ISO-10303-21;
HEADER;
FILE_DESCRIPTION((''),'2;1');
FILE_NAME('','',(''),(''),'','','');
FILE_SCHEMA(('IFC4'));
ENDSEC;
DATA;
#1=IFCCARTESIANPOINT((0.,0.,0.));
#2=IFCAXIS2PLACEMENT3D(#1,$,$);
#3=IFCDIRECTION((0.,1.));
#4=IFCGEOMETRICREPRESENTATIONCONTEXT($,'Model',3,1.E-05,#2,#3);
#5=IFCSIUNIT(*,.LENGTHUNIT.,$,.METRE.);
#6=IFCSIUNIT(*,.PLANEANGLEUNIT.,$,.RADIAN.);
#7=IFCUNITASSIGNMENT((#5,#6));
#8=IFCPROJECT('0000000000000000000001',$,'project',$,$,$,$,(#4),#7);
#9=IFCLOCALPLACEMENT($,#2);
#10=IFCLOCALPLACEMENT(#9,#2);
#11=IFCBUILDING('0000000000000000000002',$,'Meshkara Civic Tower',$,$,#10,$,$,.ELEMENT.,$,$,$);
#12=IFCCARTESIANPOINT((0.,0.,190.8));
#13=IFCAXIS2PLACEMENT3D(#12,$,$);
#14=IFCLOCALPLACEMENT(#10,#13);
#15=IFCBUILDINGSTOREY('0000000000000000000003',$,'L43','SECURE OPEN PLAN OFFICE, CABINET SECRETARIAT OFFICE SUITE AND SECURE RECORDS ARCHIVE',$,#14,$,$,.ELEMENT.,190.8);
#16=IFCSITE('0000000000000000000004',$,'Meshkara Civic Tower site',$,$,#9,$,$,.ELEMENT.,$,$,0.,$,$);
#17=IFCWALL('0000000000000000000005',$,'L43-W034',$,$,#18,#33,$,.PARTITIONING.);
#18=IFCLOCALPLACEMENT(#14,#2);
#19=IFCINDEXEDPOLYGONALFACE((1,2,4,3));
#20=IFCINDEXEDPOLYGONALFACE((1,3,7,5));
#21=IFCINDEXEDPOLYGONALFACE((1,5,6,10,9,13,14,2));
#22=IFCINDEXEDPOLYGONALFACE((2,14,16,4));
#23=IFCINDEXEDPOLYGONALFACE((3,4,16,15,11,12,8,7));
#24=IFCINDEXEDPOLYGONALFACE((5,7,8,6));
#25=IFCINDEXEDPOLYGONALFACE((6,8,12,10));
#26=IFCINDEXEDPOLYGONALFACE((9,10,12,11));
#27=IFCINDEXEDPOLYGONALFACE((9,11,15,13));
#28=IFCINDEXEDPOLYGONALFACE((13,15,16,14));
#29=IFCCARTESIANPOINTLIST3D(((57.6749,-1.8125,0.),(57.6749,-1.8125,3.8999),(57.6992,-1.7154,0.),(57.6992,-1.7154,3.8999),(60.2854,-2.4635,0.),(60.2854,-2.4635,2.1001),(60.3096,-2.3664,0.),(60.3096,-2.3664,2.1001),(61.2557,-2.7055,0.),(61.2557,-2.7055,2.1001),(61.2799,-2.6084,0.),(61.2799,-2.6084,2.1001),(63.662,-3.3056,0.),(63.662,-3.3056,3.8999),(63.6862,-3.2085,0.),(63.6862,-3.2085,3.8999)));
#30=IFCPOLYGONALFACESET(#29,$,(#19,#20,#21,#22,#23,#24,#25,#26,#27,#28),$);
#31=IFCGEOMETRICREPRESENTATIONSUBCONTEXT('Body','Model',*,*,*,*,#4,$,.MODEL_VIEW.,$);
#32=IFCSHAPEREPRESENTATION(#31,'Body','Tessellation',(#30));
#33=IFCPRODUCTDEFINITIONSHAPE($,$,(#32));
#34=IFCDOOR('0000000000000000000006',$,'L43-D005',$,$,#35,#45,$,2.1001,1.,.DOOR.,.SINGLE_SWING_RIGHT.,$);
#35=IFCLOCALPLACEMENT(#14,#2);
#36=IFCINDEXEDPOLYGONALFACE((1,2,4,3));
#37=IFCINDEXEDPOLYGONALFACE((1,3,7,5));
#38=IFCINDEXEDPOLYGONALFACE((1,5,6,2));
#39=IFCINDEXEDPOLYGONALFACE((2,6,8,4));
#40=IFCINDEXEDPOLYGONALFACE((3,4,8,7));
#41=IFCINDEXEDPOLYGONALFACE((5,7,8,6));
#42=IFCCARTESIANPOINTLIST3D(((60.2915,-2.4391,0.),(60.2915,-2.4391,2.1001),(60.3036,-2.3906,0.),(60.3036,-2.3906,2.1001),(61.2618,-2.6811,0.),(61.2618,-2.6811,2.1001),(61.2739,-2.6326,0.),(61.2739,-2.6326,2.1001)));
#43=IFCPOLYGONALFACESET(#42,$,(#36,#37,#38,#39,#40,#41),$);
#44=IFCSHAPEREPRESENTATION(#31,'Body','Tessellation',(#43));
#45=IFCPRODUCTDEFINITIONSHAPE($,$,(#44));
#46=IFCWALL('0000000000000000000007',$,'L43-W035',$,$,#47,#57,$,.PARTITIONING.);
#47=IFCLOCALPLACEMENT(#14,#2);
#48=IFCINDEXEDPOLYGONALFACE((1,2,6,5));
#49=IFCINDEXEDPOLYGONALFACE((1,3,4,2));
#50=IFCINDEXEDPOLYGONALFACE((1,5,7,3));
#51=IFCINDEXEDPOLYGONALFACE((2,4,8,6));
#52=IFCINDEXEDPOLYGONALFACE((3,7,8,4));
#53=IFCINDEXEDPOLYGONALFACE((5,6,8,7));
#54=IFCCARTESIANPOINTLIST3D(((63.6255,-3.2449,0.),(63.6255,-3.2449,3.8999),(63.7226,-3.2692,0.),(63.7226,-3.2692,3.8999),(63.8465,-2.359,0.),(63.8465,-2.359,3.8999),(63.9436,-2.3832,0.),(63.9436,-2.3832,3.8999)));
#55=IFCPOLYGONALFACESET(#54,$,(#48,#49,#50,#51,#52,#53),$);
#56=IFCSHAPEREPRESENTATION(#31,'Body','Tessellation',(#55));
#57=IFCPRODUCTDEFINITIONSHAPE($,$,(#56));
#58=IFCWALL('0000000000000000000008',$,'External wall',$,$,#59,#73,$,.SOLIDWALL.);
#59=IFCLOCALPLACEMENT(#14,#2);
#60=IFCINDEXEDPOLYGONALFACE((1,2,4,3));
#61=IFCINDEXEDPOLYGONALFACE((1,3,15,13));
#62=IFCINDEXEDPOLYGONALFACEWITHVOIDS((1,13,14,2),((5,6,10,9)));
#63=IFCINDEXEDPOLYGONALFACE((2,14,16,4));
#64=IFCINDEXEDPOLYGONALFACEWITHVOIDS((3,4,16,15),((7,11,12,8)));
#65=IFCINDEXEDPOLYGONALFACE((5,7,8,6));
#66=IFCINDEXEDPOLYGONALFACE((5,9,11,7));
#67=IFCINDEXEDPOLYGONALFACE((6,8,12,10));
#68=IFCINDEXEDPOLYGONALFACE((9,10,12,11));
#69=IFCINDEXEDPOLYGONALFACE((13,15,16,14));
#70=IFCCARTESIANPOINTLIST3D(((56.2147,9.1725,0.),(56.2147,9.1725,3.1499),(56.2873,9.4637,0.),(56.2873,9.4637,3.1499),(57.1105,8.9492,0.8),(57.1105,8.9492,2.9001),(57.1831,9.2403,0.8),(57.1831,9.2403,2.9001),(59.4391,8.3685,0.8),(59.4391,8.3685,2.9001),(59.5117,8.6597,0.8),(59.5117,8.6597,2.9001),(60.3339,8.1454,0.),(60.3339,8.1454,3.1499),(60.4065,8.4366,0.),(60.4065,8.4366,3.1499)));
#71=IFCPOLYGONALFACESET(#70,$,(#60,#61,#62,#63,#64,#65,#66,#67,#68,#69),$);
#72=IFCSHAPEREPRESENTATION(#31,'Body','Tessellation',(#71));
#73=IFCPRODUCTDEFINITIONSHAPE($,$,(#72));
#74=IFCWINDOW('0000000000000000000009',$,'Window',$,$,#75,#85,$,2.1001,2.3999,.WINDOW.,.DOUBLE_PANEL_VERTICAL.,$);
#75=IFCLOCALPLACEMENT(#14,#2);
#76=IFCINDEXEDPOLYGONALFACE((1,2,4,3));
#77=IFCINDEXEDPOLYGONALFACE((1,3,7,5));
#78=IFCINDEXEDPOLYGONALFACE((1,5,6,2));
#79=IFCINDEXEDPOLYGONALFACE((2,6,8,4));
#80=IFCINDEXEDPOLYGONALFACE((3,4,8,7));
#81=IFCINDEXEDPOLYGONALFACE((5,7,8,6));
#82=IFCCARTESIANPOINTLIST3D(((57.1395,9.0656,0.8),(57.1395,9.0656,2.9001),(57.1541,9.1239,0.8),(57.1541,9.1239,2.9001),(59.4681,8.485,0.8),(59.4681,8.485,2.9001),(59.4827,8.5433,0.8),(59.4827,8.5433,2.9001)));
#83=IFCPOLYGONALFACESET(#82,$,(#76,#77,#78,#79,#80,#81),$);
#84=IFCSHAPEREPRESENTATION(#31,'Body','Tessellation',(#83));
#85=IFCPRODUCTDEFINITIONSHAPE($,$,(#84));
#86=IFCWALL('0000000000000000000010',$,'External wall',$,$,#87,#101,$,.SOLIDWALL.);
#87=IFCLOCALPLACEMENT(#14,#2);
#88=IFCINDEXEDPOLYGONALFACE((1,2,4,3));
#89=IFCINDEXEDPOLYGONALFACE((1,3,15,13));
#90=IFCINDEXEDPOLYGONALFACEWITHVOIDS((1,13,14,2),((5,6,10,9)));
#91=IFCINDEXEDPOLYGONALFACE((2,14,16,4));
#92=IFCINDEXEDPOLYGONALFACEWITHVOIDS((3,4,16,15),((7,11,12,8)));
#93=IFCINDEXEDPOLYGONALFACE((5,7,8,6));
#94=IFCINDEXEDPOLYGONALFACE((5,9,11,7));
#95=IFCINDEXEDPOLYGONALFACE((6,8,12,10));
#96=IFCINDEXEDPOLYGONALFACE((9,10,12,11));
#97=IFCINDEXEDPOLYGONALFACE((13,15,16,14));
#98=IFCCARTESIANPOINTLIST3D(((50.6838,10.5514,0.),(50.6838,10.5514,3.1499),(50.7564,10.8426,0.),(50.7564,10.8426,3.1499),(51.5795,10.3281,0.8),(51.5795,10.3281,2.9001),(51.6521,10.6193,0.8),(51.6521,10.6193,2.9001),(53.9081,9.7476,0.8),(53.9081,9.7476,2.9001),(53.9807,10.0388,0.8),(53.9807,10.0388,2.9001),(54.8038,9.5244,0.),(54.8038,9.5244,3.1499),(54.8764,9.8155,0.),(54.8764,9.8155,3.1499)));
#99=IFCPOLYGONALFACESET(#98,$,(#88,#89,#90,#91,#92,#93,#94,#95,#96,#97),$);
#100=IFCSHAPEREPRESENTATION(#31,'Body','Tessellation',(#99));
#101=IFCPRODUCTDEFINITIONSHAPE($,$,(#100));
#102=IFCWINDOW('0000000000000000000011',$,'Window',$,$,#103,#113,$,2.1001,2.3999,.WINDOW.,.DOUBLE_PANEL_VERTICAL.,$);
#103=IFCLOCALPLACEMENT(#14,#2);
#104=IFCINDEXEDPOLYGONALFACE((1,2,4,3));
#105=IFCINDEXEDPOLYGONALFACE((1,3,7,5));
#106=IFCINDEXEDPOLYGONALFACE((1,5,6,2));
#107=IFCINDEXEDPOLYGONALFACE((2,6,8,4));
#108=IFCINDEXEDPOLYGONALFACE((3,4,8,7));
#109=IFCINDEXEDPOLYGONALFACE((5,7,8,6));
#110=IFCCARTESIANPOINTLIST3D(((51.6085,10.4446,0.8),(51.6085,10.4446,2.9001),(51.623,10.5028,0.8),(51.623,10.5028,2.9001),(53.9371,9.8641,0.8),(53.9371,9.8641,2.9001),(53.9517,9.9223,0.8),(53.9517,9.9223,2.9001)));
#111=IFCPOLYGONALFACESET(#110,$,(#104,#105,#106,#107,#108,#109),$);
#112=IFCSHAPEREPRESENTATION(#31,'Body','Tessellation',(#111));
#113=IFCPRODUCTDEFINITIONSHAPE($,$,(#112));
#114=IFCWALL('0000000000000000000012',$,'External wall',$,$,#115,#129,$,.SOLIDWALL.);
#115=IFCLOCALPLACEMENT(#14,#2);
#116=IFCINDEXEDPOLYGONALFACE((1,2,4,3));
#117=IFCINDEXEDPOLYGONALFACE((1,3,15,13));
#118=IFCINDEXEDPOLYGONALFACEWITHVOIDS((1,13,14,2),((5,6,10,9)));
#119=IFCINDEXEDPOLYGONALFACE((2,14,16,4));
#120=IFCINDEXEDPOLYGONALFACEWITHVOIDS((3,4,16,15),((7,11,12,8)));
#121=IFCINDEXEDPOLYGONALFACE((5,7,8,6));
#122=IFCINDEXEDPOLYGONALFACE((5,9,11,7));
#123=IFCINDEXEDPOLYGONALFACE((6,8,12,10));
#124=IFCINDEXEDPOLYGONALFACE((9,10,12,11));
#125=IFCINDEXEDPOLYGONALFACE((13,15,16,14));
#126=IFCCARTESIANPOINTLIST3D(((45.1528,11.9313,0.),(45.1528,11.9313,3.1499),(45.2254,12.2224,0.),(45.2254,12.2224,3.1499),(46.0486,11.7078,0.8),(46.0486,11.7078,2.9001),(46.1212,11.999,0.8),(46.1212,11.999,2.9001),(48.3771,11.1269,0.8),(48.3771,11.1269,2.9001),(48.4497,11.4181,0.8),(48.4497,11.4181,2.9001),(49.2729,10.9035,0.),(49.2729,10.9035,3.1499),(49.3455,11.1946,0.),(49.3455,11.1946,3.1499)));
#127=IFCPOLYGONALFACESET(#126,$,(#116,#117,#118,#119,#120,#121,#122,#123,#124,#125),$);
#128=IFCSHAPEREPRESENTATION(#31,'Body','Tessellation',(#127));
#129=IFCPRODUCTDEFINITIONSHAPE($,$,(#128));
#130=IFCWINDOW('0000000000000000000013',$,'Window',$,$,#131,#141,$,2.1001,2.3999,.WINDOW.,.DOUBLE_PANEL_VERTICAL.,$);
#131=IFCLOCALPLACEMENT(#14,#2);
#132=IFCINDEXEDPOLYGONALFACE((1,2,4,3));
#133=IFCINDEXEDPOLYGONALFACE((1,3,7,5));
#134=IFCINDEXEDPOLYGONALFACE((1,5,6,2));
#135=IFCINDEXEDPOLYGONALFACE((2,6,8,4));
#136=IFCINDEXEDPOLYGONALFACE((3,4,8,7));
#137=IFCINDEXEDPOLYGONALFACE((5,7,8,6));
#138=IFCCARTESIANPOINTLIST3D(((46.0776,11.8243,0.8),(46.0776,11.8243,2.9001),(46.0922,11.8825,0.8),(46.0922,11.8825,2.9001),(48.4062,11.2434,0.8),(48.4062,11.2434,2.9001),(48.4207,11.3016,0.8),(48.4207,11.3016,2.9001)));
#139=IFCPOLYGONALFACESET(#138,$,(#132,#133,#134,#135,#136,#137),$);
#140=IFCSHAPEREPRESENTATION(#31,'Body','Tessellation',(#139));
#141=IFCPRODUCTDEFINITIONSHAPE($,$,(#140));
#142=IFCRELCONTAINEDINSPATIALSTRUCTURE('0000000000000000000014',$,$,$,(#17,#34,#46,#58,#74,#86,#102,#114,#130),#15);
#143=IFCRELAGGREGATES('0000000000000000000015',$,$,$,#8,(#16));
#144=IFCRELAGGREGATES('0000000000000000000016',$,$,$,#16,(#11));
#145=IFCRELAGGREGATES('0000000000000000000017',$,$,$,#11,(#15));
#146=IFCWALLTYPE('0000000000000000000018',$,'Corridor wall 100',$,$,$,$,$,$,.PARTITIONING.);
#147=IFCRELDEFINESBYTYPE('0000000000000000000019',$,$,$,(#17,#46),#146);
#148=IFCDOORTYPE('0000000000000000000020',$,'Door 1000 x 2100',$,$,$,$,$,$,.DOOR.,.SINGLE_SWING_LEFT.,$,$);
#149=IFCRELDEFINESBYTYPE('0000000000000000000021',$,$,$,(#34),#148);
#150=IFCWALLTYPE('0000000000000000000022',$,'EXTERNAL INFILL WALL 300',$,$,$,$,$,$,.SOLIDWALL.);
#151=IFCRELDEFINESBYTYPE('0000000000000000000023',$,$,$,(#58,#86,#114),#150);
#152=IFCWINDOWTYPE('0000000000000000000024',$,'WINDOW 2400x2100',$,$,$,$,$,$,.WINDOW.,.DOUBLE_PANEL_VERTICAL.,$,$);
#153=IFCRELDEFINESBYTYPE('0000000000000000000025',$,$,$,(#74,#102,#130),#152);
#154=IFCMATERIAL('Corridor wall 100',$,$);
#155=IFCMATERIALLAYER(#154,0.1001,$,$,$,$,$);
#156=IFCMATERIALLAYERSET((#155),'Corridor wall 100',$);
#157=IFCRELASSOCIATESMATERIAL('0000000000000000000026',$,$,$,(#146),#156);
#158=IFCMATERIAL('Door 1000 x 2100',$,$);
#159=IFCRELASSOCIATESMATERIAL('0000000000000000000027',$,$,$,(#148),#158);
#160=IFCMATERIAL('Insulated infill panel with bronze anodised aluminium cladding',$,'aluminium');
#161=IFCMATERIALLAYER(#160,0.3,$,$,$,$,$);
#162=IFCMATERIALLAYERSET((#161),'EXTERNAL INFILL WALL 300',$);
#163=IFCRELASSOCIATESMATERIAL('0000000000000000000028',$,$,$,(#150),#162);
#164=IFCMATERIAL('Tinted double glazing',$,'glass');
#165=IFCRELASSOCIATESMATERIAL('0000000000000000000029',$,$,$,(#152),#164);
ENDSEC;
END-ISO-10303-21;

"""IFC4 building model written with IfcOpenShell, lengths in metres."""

from ifc_helpers import new_model, si_unit, direction, frame, frame_2d, origin, place, context, subcontext, project, spatial, rectangle, extrude, material, layer, layer_set, type_object, element, fill, save


model = new_model("IFC4")

# Units and contexts
model_context = context("Model", 3, precision=1e-05, world=origin(), true_north=direction((0.0, 1.0)))
body_context = subcontext(model_context, "Body", "Model", "MODEL_VIEW")
ifc_project = project(units=[si_unit("LENGTHUNIT", "METRE"), si_unit("PLANEANGLEUNIT", "RADIAN")], contexts=[model_context])

# Site, building, storey
site_placement = place(None, origin())
site = spatial("IfcSite", under=ifc_project, at=site_placement, Name="Meshkara Civic Tower site", CompositionType="ELEMENT", RefElevation=0.0)
building_placement = place(site_placement, origin())
building = spatial("IfcBuilding", under=site, at=building_placement, Name="Meshkara Civic Tower", CompositionType="ELEMENT")
storey_placement = place(building_placement, frame((0.0, 0.0, 190.8)))
storey = spatial("IfcBuildingStorey", under=building, at=storey_placement, Name="L43", Description="SECURE OPEN PLAN OFFICE, CABINET SECRETARIAT OFFICE SUITE AND SECURE RECORDS ARCHIVE", CompositionType="ELEMENT", Elevation=190.8)

# Shared definitions
ifc_material_1 = material(Name="Corridor wall 100")
ifc_layer_1 = layer(ifc_material_1, 0.1001)
ifc_layer_set_1 = layer_set([ifc_layer_1], Name="Corridor wall 100")
wall_type_1 = type_object("IfcWallType", Name="Corridor wall 100", PredefinedType="PARTITIONING", material=ifc_layer_set_1)

# Wall, opening, door
wall_1_placement = place(storey_placement, frame((63.6741, -3.2571, 0.0), z_axis=(0.0, 0.0, 1.0), x_axis=(-0.97028, 0.241986, 0.0)))
wall_1 = element("IfcWall", 1, at=wall_1_placement, inside=storey, type_object=wall_type_1, Name="L43-W034", PredefinedType="PARTITIONING", context=body_context, shape_type="SweptSolid", body=[
    extrude(rectangle(XDim=6.1704, YDim=0.1001, at=frame_2d((3.0852, 0.0))), origin(), (0.0, 0.0, 1.0), 3.8999),
])
opening_1_placement = place(wall_1_placement, frame((2.48, 0.0, 0.0)))
opening_1 = element("IfcOpeningElement", 2, at=opening_1_placement, cuts=wall_1, PredefinedType="OPENING", context=body_context, shape_type="SweptSolid", body=[
    extrude(rectangle(XDim=1.0, YDim=2.1001, at=frame_2d((0.5, 1.05))), frame((0.0, 0.0601, 0.0), z_axis=(0.0, -1.0, 0.0), x_axis=(1.0, 0.0, 0.0)), (0.0, 0.0, 1.0), 0.1201),
])
ifc_material_2 = material(Name="Door 1000 x 2100")
door_type = type_object("IfcDoorType", Name="Door 1000 x 2100", OperationType="SINGLE_SWING_LEFT", PredefinedType="DOOR", material=ifc_material_2)
door_placement = place(opening_1_placement, origin())
door = element("IfcDoor", 3, at=door_placement, inside=storey, type_object=door_type, Name="L43-D005", OperationType="SINGLE_SWING_RIGHT", OverallHeight=2.1001, OverallWidth=1.0, PredefinedType="DOOR", context=body_context, shape_type="SweptSolid", body=[
    extrude(rectangle(XDim=1.0, YDim=2.1001, at=frame_2d((0.5, 1.05))), frame((0.0, 0.0249, 0.0), z_axis=(0.0, -1.0, 0.0), x_axis=(1.0, 0.0, 0.0)), (0.0, 0.0, 1.0), 0.05),
])
fill(opening_1, door)

# Wall
wall_2_placement = place(storey_placement, frame((63.895, -2.3711, 0.0), z_axis=(0.0, 0.0, 1.0), x_axis=(-0.241969, -0.970284, 0.0)))
element("IfcWall", 4, at=wall_2_placement, inside=storey, type_object=wall_type_1, Name="L43-W035", PredefinedType="PARTITIONING", context=body_context, shape_type="SweptSolid", body=[
    extrude(rectangle(XDim=0.9131, YDim=0.1001, at=frame_2d((0.4565, 0.0))), origin(), (0.0, 0.0, 1.0), 3.8999),
])

# Walls, openings, windows
ifc_material_3 = material(Name="Insulated infill panel with bronze anodised aluminium cladding", Category="aluminium")
ifc_layer_2 = layer(ifc_material_3, 0.3)
ifc_layer_set_2 = layer_set([ifc_layer_2], Name="EXTERNAL INFILL WALL 300")
wall_type_2 = type_object("IfcWallType", Name="EXTERNAL INFILL WALL 300", PredefinedType="SOLIDWALL", material=ifc_layer_set_2)
wall_3_placement = place(storey_placement, frame((60.3701, 8.291, 0.0), z_axis=(0.0, 0.0, 1.0), x_axis=(-0.970291, 0.24194, 0.0)))
wall_3 = element("IfcWall", 5, at=wall_3_placement, inside=storey, type_object=wall_type_2, Name="External wall", PredefinedType="SOLIDWALL", context=body_context, shape_type="SweptSolid", body=[
    extrude(rectangle(XDim=4.2454, YDim=0.3, at=frame_2d((2.1226, 0.0))), origin(), (0.0, 0.0, 1.0), 3.1499),
])
opening_2_placement = place(wall_3_placement, frame((0.9221, 0.0, 0.8)))
opening_2 = element("IfcOpeningElement", 6, at=opening_2_placement, cuts=wall_3, PredefinedType="OPENING", context=body_context, shape_type="SweptSolid", body=[
    extrude(rectangle(XDim=2.3999, YDim=2.1001, at=frame_2d((1.2, 1.05))), frame((0.0, 0.1599, 0.0), z_axis=(0.0, -1.0, 0.0), x_axis=(1.0, 0.0, 0.0)), (0.0, 0.0, 1.0), 0.3201),
])
ifc_material_4 = material(Name="Tinted double glazing", Category="glass")
window_type = type_object("IfcWindowType", Name="WINDOW 2400x2100", PartitioningType="DOUBLE_PANEL_VERTICAL", PredefinedType="WINDOW", material=ifc_material_4)
window_1_placement = place(opening_2_placement, origin())
window_1 = element("IfcWindow", 7, at=window_1_placement, inside=storey, type_object=window_type, Name="Window", OverallHeight=2.1001, OverallWidth=2.3999, PartitioningType="DOUBLE_PANEL_VERTICAL", PredefinedType="WINDOW", context=body_context, shape_type="SweptSolid", body=[
    extrude(rectangle(XDim=2.3999, YDim=2.1001, at=frame_2d((1.2, 1.05))), frame((0.0, 0.03, 0.0), z_axis=(0.0, -1.0, 0.0), x_axis=(1.0, 0.0, 0.0)), (0.0, 0.0, 1.0), 0.0601),
])
fill(opening_2, window_1)
wall_4_placement = place(storey_placement, frame((54.8401, 9.6699, 0.0), z_axis=(0.0, 0.0, 1.0), x_axis=(-0.970305, 0.241886, 0.0)))
wall_4 = element("IfcWall", 8, at=wall_4_placement, inside=storey, type_object=wall_type_2, Name="External wall", PredefinedType="SOLIDWALL", context=body_context, shape_type="SweptSolid", body=[
    extrude(rectangle(XDim=4.2461, YDim=0.3, at=frame_2d((2.123, 0.0))), origin(), (0.0, 0.0, 1.0), 3.1499),
])
opening_3_placement = place(wall_4_placement, frame((0.9231, 0.0, 0.8)))
opening_3 = element("IfcOpeningElement", 9, at=opening_3_placement, cuts=wall_4, PredefinedType="OPENING", context=body_context, shape_type="SweptSolid", body=[
    extrude(rectangle(XDim=2.3999, YDim=2.1001, at=frame_2d((1.2, 1.05))), frame((0.0, 0.1599, 0.0), z_axis=(0.0, -1.0, 0.0), x_axis=(1.0, 0.0, 0.0)), (0.0, 0.0, 1.0), 0.3201),
])
window_2_placement = place(opening_3_placement, origin())
window_2 = element("IfcWindow", 10, at=window_2_placement, inside=storey, type_object=window_type, Name="Window", OverallHeight=2.1001, OverallWidth=2.3999, PartitioningType="DOUBLE_PANEL_VERTICAL", PredefinedType="WINDOW", context=body_context, shape_type="SweptSolid", body=[
    extrude(rectangle(XDim=2.3999, YDim=2.1001, at=frame_2d((1.2, 1.05))), frame((0.0, 0.03, 0.0), z_axis=(0.0, -1.0, 0.0), x_axis=(1.0, 0.0, 0.0)), (0.0, 0.0, 1.0), 0.0601),
])
fill(opening_3, window_2)
wall_5_placement = place(storey_placement, frame((49.3091, 11.0491, 0.0), z_axis=(0.0, 0.0, 1.0), x_axis=(-0.970264, 0.242049, 0.0)))
wall_5 = element("IfcWall", 11, at=wall_5_placement, inside=storey, type_object=wall_type_2, Name="External wall", PredefinedType="SOLIDWALL", context=body_context, shape_type="SweptSolid", body=[
    extrude(rectangle(XDim=4.2463, YDim=0.3, at=frame_2d((2.123, 0.0))), origin(), (0.0, 0.0, 1.0), 3.1499),
])
opening_4_placement = place(wall_5_placement, frame((0.9231, 0.0, 0.8)))
opening_4 = element("IfcOpeningElement", 12, at=opening_4_placement, cuts=wall_5, PredefinedType="OPENING", context=body_context, shape_type="SweptSolid", body=[
    extrude(rectangle(XDim=2.3999, YDim=2.1001, at=frame_2d((1.2, 1.05))), frame((0.0, 0.1599, 0.0), z_axis=(0.0, -1.0, 0.0), x_axis=(1.0, 0.0, 0.0)), (0.0, 0.0, 1.0), 0.3201),
])
window_3_placement = place(opening_4_placement, origin())
window_3 = element("IfcWindow", 13, at=window_3_placement, inside=storey, type_object=window_type, Name="Window", OverallHeight=2.1001, OverallWidth=2.3999, PartitioningType="DOUBLE_PANEL_VERTICAL", PredefinedType="WINDOW", context=body_context, shape_type="SweptSolid", body=[
    extrude(rectangle(XDim=2.3999, YDim=2.1001, at=frame_2d((1.2, 1.05))), frame((0.0, 0.03, 0.0), z_axis=(0.0, -1.0, 0.0), x_axis=(1.0, 0.0, 0.0)), (0.0, 0.0, 1.0), 0.0601),
])
fill(opening_4, window_3)

save(model, "model.ifc")
